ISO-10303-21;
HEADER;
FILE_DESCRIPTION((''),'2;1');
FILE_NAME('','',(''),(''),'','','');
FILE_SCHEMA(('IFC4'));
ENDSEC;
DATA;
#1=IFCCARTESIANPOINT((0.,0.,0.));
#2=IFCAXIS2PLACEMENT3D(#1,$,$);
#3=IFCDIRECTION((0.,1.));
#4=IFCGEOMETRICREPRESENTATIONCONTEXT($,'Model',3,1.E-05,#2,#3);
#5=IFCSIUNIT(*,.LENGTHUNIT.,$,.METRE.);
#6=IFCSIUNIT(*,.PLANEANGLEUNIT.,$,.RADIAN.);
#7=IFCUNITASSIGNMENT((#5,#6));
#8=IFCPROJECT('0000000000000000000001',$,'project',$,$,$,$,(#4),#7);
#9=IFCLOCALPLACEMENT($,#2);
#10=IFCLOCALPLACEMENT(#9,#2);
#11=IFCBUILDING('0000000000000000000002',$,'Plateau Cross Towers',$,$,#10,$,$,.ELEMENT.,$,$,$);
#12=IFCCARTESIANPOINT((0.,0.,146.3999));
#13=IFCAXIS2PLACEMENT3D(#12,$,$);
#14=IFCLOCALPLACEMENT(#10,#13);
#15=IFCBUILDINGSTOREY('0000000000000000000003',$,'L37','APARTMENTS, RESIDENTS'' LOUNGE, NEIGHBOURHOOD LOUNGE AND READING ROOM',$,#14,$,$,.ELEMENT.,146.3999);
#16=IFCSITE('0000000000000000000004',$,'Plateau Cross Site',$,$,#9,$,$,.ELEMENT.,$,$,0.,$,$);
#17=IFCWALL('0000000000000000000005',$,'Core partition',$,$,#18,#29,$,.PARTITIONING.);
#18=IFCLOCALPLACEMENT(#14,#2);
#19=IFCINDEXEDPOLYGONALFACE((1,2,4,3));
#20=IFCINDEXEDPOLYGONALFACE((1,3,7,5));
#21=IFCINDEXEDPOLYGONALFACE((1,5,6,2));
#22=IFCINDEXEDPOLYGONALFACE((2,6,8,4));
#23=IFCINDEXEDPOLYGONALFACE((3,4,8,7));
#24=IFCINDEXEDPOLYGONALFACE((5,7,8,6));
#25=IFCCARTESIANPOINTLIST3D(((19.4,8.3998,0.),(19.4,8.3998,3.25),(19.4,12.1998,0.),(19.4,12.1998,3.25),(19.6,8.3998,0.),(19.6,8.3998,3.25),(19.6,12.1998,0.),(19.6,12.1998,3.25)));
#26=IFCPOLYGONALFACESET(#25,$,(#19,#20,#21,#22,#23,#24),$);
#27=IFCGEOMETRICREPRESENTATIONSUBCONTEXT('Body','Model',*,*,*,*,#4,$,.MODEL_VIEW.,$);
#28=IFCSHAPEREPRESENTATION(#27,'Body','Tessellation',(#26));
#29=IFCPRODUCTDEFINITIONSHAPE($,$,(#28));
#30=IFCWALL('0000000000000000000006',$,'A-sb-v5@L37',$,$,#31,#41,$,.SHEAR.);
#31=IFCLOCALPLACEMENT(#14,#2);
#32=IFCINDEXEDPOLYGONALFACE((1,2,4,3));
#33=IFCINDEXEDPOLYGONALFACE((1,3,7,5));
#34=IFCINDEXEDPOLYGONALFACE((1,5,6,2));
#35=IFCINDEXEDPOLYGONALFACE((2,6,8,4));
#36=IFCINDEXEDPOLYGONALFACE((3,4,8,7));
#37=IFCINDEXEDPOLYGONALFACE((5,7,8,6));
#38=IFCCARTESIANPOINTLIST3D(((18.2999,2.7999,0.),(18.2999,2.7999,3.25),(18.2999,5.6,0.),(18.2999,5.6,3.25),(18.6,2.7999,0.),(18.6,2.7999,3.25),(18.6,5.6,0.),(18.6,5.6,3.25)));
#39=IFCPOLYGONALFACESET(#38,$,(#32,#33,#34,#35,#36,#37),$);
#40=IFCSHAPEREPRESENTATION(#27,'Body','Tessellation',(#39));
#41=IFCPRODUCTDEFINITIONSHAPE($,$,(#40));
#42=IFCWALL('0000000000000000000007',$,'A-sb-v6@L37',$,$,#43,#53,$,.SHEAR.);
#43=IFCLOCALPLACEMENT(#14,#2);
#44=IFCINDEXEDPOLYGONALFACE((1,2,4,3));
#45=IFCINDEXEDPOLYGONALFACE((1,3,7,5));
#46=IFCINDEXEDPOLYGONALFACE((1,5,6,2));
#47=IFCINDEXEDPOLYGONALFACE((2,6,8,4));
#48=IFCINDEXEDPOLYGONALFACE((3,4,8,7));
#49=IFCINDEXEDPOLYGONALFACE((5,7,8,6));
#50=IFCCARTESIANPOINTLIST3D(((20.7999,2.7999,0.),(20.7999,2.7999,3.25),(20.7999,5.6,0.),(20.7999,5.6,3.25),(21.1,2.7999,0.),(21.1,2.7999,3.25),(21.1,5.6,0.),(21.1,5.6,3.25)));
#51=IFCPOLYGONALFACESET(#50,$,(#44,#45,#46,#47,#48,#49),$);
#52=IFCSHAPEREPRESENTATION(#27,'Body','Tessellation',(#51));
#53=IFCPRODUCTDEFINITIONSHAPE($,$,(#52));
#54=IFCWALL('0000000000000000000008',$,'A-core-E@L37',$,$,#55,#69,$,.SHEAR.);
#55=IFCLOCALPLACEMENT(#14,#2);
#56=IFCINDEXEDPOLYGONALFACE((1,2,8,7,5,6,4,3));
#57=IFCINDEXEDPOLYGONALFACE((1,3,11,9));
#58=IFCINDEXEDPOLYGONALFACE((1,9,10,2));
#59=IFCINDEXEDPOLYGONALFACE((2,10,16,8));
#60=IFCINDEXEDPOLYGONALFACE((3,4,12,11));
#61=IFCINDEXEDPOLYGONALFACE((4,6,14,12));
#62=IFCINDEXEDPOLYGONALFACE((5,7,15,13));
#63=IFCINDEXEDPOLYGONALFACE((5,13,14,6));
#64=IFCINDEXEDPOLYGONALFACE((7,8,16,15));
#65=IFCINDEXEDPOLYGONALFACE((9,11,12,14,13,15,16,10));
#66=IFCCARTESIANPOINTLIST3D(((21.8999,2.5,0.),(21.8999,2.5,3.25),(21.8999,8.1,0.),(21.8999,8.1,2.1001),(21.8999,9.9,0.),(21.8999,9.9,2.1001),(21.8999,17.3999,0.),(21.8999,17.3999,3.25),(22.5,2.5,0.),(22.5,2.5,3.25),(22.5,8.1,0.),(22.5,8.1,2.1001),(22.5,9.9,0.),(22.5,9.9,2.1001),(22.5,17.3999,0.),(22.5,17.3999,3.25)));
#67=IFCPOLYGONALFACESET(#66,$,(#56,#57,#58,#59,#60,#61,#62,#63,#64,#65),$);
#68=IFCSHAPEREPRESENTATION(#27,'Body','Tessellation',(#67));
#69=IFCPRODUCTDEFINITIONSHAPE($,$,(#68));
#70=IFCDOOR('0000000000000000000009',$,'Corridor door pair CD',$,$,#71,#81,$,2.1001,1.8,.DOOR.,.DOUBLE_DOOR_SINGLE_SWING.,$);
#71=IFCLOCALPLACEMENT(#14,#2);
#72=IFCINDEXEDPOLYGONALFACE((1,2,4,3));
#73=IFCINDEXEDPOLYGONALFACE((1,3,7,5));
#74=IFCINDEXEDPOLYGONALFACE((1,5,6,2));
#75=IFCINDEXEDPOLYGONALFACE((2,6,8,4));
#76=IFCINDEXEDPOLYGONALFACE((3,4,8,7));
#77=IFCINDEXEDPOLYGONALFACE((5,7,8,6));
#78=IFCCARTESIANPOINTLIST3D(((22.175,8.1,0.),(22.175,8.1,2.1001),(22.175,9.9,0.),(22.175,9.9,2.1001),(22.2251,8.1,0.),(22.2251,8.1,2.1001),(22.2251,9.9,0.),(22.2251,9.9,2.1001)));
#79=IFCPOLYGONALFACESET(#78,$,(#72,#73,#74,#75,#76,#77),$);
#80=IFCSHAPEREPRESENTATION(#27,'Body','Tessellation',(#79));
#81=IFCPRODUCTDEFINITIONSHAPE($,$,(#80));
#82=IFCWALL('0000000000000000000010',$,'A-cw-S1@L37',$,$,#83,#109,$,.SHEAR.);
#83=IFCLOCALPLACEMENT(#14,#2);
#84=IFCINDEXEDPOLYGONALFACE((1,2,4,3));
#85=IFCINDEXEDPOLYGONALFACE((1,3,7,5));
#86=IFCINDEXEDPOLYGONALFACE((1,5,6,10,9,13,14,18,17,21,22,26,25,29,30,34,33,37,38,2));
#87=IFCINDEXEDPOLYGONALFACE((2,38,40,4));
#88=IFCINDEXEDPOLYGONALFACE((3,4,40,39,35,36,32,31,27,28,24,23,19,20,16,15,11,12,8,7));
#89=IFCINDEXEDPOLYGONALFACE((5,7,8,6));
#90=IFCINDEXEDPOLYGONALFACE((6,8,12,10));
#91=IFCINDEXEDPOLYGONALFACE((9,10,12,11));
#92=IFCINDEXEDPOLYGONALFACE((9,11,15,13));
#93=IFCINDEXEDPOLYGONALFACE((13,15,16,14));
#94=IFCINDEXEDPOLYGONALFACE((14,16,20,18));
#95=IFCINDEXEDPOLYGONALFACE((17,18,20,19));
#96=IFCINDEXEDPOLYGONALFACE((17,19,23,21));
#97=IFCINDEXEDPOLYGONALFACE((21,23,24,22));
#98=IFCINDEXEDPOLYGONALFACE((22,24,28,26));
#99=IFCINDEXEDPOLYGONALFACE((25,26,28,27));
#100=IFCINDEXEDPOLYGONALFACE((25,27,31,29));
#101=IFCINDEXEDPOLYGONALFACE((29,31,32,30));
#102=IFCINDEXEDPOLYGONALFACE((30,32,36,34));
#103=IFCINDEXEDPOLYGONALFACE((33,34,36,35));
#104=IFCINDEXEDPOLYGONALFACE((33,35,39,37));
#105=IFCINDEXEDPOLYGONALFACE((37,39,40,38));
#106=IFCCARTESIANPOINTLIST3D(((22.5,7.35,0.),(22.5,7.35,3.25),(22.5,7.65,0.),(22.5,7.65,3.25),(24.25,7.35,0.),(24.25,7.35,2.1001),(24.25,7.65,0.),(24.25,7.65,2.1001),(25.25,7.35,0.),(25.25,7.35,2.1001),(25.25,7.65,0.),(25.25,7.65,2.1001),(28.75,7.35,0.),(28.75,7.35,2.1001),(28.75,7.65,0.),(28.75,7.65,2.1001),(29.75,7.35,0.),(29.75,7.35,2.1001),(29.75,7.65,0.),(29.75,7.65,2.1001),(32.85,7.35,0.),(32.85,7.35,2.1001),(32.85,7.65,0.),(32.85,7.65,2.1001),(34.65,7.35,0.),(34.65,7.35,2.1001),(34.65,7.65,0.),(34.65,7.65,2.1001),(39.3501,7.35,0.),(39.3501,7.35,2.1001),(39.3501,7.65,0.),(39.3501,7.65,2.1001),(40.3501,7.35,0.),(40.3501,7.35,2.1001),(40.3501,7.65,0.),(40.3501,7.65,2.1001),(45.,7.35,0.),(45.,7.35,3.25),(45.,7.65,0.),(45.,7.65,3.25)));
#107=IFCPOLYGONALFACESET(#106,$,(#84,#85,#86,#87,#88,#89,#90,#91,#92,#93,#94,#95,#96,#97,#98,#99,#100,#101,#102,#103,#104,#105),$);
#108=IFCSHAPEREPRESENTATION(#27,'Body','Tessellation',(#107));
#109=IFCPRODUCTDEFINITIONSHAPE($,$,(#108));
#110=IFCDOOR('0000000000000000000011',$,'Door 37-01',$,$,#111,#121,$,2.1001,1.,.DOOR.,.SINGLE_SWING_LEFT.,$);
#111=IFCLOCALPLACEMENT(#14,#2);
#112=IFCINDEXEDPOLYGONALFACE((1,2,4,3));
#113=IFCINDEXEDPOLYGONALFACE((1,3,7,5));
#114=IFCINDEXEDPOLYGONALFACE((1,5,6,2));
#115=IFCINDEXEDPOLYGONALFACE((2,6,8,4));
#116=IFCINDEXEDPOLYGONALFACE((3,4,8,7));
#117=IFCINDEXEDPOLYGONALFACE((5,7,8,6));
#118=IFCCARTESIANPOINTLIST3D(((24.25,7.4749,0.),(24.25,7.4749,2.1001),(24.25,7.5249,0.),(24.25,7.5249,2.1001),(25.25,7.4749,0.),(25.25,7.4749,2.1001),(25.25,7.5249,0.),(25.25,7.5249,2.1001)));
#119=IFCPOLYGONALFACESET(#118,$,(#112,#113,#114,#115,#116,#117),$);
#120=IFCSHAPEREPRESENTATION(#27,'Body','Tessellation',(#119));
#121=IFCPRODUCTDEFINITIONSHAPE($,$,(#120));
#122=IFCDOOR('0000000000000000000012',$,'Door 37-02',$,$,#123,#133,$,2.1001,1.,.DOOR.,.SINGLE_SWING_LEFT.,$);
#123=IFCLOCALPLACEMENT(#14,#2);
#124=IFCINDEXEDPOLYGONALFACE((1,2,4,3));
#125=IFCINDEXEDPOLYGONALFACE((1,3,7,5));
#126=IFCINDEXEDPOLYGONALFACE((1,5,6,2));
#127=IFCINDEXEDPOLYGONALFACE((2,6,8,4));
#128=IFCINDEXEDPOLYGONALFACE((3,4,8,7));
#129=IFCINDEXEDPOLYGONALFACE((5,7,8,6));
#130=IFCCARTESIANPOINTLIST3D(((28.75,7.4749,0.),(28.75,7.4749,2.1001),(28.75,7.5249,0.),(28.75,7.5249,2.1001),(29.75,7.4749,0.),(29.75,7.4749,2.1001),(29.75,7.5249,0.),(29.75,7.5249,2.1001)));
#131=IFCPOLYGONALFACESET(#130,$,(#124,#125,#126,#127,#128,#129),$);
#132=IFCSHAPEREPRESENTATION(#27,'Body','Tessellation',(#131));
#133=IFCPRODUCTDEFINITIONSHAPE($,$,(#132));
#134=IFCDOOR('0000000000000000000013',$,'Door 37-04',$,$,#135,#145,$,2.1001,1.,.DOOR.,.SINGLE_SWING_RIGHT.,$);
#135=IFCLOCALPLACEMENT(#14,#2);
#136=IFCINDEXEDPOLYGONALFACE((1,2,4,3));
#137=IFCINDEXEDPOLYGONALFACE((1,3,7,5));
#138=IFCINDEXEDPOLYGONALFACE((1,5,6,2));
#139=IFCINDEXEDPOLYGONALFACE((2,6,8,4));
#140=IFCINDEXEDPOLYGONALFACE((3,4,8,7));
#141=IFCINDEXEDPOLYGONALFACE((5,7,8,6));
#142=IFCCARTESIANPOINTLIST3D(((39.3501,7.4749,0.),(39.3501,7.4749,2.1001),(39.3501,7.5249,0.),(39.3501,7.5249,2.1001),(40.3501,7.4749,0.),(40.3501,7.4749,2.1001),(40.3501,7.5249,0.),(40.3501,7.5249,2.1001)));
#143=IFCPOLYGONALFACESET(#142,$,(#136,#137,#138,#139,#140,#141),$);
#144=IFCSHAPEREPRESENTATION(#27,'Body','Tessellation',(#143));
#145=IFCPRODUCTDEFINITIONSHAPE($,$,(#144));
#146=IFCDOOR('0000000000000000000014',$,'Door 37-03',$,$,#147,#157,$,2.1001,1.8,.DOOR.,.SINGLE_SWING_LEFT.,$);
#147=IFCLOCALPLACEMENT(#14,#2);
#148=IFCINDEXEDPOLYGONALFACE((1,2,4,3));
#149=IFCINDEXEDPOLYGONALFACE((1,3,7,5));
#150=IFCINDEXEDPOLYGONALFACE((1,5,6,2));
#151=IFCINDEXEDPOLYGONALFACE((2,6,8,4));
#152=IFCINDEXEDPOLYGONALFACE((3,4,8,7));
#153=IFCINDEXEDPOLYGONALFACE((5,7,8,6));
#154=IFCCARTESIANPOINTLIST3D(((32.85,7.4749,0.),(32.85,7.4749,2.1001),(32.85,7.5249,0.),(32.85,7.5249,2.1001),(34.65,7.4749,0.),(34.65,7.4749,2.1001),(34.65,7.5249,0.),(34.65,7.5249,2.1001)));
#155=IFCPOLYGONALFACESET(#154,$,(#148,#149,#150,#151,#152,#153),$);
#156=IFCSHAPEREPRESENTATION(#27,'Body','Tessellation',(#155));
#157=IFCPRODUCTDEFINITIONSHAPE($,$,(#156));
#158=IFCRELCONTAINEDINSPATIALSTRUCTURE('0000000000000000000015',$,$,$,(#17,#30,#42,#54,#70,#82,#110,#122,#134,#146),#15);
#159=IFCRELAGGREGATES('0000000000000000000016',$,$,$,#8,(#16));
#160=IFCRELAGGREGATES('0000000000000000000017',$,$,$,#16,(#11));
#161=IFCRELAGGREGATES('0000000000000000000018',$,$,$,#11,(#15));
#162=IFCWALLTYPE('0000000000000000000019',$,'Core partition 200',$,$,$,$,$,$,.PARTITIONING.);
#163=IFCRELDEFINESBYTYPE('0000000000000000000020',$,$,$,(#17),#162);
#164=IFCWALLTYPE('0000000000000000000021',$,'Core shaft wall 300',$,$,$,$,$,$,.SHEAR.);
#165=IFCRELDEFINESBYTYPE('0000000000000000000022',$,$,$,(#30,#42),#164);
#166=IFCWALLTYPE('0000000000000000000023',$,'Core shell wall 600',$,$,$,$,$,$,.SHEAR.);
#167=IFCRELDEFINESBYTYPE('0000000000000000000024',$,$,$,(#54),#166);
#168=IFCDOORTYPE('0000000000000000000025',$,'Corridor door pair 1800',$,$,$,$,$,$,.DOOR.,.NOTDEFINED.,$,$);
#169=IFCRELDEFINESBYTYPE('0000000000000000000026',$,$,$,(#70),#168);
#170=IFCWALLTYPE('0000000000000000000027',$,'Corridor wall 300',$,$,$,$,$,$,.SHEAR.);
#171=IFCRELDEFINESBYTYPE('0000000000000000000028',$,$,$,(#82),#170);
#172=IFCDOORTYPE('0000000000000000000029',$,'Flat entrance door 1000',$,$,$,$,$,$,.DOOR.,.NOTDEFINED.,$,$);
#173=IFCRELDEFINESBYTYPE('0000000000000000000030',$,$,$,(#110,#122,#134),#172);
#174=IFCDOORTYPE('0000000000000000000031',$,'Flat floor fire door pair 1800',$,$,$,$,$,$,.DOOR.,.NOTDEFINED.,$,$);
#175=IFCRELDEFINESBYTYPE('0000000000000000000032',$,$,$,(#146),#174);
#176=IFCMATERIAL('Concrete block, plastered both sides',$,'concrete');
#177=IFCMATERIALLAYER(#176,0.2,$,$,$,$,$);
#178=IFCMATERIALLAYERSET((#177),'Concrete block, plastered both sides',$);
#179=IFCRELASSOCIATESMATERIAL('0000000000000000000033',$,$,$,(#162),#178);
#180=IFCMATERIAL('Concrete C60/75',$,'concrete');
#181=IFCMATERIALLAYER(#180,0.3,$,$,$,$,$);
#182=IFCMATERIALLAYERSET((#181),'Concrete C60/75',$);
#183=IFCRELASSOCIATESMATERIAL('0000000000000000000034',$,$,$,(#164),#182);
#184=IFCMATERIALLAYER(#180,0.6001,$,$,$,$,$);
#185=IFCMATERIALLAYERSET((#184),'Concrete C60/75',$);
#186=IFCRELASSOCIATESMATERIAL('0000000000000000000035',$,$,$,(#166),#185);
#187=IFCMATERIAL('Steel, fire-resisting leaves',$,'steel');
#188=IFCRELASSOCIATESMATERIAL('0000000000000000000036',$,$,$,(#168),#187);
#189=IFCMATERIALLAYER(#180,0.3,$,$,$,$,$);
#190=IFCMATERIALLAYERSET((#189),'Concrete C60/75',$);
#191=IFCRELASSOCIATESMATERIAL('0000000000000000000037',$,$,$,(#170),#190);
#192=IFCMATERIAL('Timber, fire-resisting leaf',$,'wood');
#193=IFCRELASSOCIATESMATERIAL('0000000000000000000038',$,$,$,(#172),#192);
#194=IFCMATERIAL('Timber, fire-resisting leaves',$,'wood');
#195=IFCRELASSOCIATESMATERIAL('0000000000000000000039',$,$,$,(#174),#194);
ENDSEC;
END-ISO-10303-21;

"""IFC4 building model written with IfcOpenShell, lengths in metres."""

from ifc_helpers import new_model, si_unit, direction, frame, frame_2d, origin, place, context, subcontext, project, spatial, rectangle, extrude, material, layer, layer_set, type_object, element, fill, save


model = new_model("IFC4")

# Units and contexts
model_context = context("Model", 3, precision=1e-05, world=origin(), true_north=direction((0.0, 1.0)))
body_context = subcontext(model_context, "Body", "Model", "MODEL_VIEW")
ifc_project = project(units=[si_unit("LENGTHUNIT", "METRE"), si_unit("PLANEANGLEUNIT", "RADIAN")], contexts=[model_context])

# Site, building, storey
site_placement = place(None, origin())
site = spatial("IfcSite", under=ifc_project, at=site_placement, Name="Plateau Cross Site", CompositionType="ELEMENT", RefElevation=0.0)
building_placement = place(site_placement, origin())
building = spatial("IfcBuilding", under=site, at=building_placement, Name="Plateau Cross Towers", CompositionType="ELEMENT")
storey_placement = place(building_placement, frame((0.0, 0.0, 146.3999)))
storey = spatial("IfcBuildingStorey", under=building, at=storey_placement, Name="L37", Description="APARTMENTS, RESIDENTS' LOUNGE, NEIGHBOURHOOD LOUNGE AND READING ROOM", CompositionType="ELEMENT", Elevation=146.3999)

# Walls
ifc_material_1 = material(Name="Concrete block, plastered both sides", Category="concrete")
ifc_layer_1 = layer(ifc_material_1, 0.2)
ifc_layer_set_1 = layer_set([ifc_layer_1], Name="Concrete block, plastered both sides")
wall_type_1 = type_object("IfcWallType", Name="Core partition 200", PredefinedType="PARTITIONING", material=ifc_layer_set_1)
wall_1_placement = place(storey_placement, frame((19.5, 8.3999, 0.0), z_axis=(0.0, 0.0, 1.0), x_axis=(0.0, 1.0, 0.0)))
element("IfcWall", 1, at=wall_1_placement, inside=storey, type_object=wall_type_1, Name="Core partition", PredefinedType="PARTITIONING", context=body_context, shape_type="SweptSolid", body=[
    extrude(rectangle(XDim=3.8, YDim=0.2, at=frame_2d((1.8999, 0.0))), origin(), (0.0, 0.0, 1.0), 3.25),
])
ifc_material_2 = material(Name="Concrete C60/75", Category="concrete")
ifc_layer_2 = layer(ifc_material_2, 0.3)
ifc_layer_set_2 = layer_set([ifc_layer_2], Name="Concrete C60/75")
wall_type_2 = type_object("IfcWallType", Name="Core shaft wall 300", PredefinedType="SHEAR", material=ifc_layer_set_2)
for number, where, z_axis, x_axis, name in (
    (2, (18.45, 2.8, 0.0), (0.0, 0.0, 1.0), (0.0, 1.0, 0.0), "A-sb-v5@L37"),
    (3, (20.95, 2.8, 0.0), (0.0, 0.0, 1.0), (0.0, 1.0, 0.0), "A-sb-v6@L37"),
):
    element("IfcWall", number, at=place(storey_placement, frame(where, z_axis=z_axis, x_axis=x_axis)), inside=storey, type_object=wall_type_2, Name=name, PredefinedType="SHEAR", context=body_context, shape_type="SweptSolid", body=[
        extrude(rectangle(XDim=2.8, YDim=0.3, at=frame_2d((1.3999, 0.0))), origin(), (0.0, 0.0, 1.0), 3.25),
    ])

# Wall, opening, door
ifc_layer_3 = layer(ifc_material_2, 0.6001)
ifc_layer_set_3 = layer_set([ifc_layer_3], Name="Concrete C60/75")
wall_type_3 = type_object("IfcWallType", Name="Core shell wall 600", PredefinedType="SHEAR", material=ifc_layer_set_3)
wall_2_placement = place(storey_placement, frame((22.2, 2.5, 0.0), z_axis=(0.0, 0.0, 1.0), x_axis=(0.0, 1.0, 0.0)))
wall_2 = element("IfcWall", 4, at=wall_2_placement, inside=storey, type_object=wall_type_3, Name="A-core-E@L37", PredefinedType="SHEAR", context=body_context, shape_type="SweptSolid", body=[
    extrude(rectangle(XDim=14.8999, YDim=0.6001, at=frame_2d((7.45, 0.0))), origin(), (0.0, 0.0, 1.0), 3.25),
])
opening_1_placement = place(wall_2_placement, frame((5.6001, 0.0, 0.0)))
opening_1 = element("IfcOpeningElement", 5, at=opening_1_placement, cuts=wall_2, PredefinedType="OPENING", context=body_context, shape_type="SweptSolid", body=[
    extrude(rectangle(XDim=1.8, YDim=2.1001, at=frame_2d((0.8999, 1.05))), frame((0.0, 0.3101, 0.0), z_axis=(0.0, -1.0, 0.0), x_axis=(1.0, 0.0, 0.0)), (0.0, 0.0, 1.0), 0.6201),
])
ifc_material_3 = material(Name="Steel, fire-resisting leaves", Category="steel")
door_type_1 = type_object("IfcDoorType", Name="Corridor door pair 1800", OperationType="NOTDEFINED", PredefinedType="DOOR", material=ifc_material_3)
door_1_placement = place(opening_1_placement, origin())
door_1 = element("IfcDoor", 6, at=door_1_placement, inside=storey, type_object=door_type_1, Name="Corridor door pair CD", OperationType="DOUBLE_DOOR_SINGLE_SWING", OverallHeight=2.1001, OverallWidth=1.8, PredefinedType="DOOR", context=body_context, shape_type="SweptSolid", body=[
    extrude(rectangle(XDim=1.8, YDim=2.1001, at=frame_2d((0.8999, 1.05))), frame((0.0, 0.0249, 0.0), z_axis=(0.0, -1.0, 0.0), x_axis=(1.0, 0.0, 0.0)), (0.0, 0.0, 1.0), 0.05),
])
fill(opening_1, door_1)

# Wall, openings, doors
ifc_layer_4 = layer(ifc_material_2, 0.3)
ifc_layer_set_4 = layer_set([ifc_layer_4], Name="Concrete C60/75")
wall_type_4 = type_object("IfcWallType", Name="Corridor wall 300", PredefinedType="SHEAR", material=ifc_layer_set_4)
wall_3_placement = place(storey_placement, frame((22.5, 7.5, 0.0), z_axis=(0.0, 0.0, 1.0), x_axis=(1.0, 0.0, 0.0)))
wall_3 = element("IfcWall", 7, at=wall_3_placement, inside=storey, type_object=wall_type_4, Name="A-cw-S1@L37", PredefinedType="SHEAR", context=body_context, shape_type="SweptSolid", body=[
    extrude(rectangle(XDim=22.5, YDim=0.3, at=frame_2d((11.25, 0.0))), origin(), (0.0, 0.0, 1.0), 3.25),
])
opening_2_placement = place(wall_3_placement, frame((1.75, 0.0, 0.0)))
opening_2 = element("IfcOpeningElement", 8, at=opening_2_placement, cuts=wall_3, PredefinedType="OPENING", context=body_context, shape_type="SweptSolid", body=[
    extrude(rectangle(XDim=1.0, YDim=2.1001, at=frame_2d((0.5, 1.05))), frame((0.0, 0.1599, 0.0), z_axis=(0.0, -1.0, 0.0), x_axis=(1.0, 0.0, 0.0)), (0.0, 0.0, 1.0), 0.3201),
])
opening_3_placement = place(wall_3_placement, frame((6.25, 0.0, 0.0)))
opening_3 = element("IfcOpeningElement", 9, at=opening_3_placement, cuts=wall_3, PredefinedType="OPENING", context=body_context, shape_type="SweptSolid", body=[
    extrude(rectangle(XDim=1.0, YDim=2.1001, at=frame_2d((0.5, 1.05))), frame((0.0, 0.1599, 0.0), z_axis=(0.0, -1.0, 0.0), x_axis=(1.0, 0.0, 0.0)), (0.0, 0.0, 1.0), 0.3201),
])
opening_4_placement = place(wall_3_placement, frame((10.3501, 0.0, 0.0)))
opening_4 = element("IfcOpeningElement", 10, at=opening_4_placement, cuts=wall_3, PredefinedType="OPENING", context=body_context, shape_type="SweptSolid", body=[
    extrude(rectangle(XDim=1.8, YDim=2.1001, at=frame_2d((0.8999, 1.05))), frame((0.0, 0.1599, 0.0), z_axis=(0.0, -1.0, 0.0), x_axis=(1.0, 0.0, 0.0)), (0.0, 0.0, 1.0), 0.3201),
])
opening_5_placement = place(wall_3_placement, frame((16.8501, 0.0, 0.0)))
opening_5 = element("IfcOpeningElement", 11, at=opening_5_placement, cuts=wall_3, PredefinedType="OPENING", context=body_context, shape_type="SweptSolid", body=[
    extrude(rectangle(XDim=1.0, YDim=2.1001, at=frame_2d((0.5, 1.05))), frame((0.0, 0.1599, 0.0), z_axis=(0.0, -1.0, 0.0), x_axis=(1.0, 0.0, 0.0)), (0.0, 0.0, 1.0), 0.3201),
])
ifc_material_4 = material(Name="Timber, fire-resisting leaf", Category="wood")
door_type_2 = type_object("IfcDoorType", Name="Flat entrance door 1000", OperationType="NOTDEFINED", PredefinedType="DOOR", material=ifc_material_4)
door_2_placement = place(opening_2_placement, origin())
door_2 = element("IfcDoor", 12, at=door_2_placement, inside=storey, type_object=door_type_2, Name="Door 37-01", OperationType="SINGLE_SWING_LEFT", OverallHeight=2.1001, OverallWidth=1.0, PredefinedType="DOOR", context=body_context, shape_type="SweptSolid", body=[
    extrude(rectangle(XDim=1.0, YDim=2.1001, at=frame_2d((0.5, 1.05))), frame((0.0, 0.0249, 0.0), z_axis=(0.0, -1.0, 0.0), x_axis=(1.0, 0.0, 0.0)), (0.0, 0.0, 1.0), 0.05),
])
fill(opening_2, door_2)
door_3_placement = place(opening_3_placement, origin())
door_3 = element("IfcDoor", 13, at=door_3_placement, inside=storey, type_object=door_type_2, Name="Door 37-02", OperationType="SINGLE_SWING_LEFT", OverallHeight=2.1001, OverallWidth=1.0, PredefinedType="DOOR", context=body_context, shape_type="SweptSolid", body=[
    extrude(rectangle(XDim=1.0, YDim=2.1001, at=frame_2d((0.5, 1.05))), frame((0.0, 0.0249, 0.0), z_axis=(0.0, -1.0, 0.0), x_axis=(1.0, 0.0, 0.0)), (0.0, 0.0, 1.0), 0.05),
])
fill(opening_3, door_3)
door_4_placement = place(opening_5_placement, origin())
door_4 = element("IfcDoor", 14, at=door_4_placement, inside=storey, type_object=door_type_2, Name="Door 37-04", OperationType="SINGLE_SWING_RIGHT", OverallHeight=2.1001, OverallWidth=1.0, PredefinedType="DOOR", context=body_context, shape_type="SweptSolid", body=[
    extrude(rectangle(XDim=1.0, YDim=2.1001, at=frame_2d((0.5, 1.05))), frame((0.0, 0.0249, 0.0), z_axis=(0.0, -1.0, 0.0), x_axis=(1.0, 0.0, 0.0)), (0.0, 0.0, 1.0), 0.05),
])
fill(opening_5, door_4)
ifc_material_5 = material(Name="Timber, fire-resisting leaves", Category="wood")
door_type_3 = type_object("IfcDoorType", Name="Flat floor fire door pair 1800", OperationType="NOTDEFINED", PredefinedType="DOOR", material=ifc_material_5)
door_5_placement = place(opening_4_placement, origin())
door_5 = element("IfcDoor", 15, at=door_5_placement, inside=storey, type_object=door_type_3, Name="Door 37-03", OperationType="SINGLE_SWING_LEFT", OverallHeight=2.1001, OverallWidth=1.8, PredefinedType="DOOR", context=body_context, shape_type="SweptSolid", body=[
    extrude(rectangle(XDim=1.8, YDim=2.1001, at=frame_2d((0.8999, 1.05))), frame((0.0, 0.0249, 0.0), z_axis=(0.0, -1.0, 0.0), x_axis=(1.0, 0.0, 0.0)), (0.0, 0.0, 1.0), 0.05),
])
fill(opening_4, door_5)

save(model, "model.ifc")
